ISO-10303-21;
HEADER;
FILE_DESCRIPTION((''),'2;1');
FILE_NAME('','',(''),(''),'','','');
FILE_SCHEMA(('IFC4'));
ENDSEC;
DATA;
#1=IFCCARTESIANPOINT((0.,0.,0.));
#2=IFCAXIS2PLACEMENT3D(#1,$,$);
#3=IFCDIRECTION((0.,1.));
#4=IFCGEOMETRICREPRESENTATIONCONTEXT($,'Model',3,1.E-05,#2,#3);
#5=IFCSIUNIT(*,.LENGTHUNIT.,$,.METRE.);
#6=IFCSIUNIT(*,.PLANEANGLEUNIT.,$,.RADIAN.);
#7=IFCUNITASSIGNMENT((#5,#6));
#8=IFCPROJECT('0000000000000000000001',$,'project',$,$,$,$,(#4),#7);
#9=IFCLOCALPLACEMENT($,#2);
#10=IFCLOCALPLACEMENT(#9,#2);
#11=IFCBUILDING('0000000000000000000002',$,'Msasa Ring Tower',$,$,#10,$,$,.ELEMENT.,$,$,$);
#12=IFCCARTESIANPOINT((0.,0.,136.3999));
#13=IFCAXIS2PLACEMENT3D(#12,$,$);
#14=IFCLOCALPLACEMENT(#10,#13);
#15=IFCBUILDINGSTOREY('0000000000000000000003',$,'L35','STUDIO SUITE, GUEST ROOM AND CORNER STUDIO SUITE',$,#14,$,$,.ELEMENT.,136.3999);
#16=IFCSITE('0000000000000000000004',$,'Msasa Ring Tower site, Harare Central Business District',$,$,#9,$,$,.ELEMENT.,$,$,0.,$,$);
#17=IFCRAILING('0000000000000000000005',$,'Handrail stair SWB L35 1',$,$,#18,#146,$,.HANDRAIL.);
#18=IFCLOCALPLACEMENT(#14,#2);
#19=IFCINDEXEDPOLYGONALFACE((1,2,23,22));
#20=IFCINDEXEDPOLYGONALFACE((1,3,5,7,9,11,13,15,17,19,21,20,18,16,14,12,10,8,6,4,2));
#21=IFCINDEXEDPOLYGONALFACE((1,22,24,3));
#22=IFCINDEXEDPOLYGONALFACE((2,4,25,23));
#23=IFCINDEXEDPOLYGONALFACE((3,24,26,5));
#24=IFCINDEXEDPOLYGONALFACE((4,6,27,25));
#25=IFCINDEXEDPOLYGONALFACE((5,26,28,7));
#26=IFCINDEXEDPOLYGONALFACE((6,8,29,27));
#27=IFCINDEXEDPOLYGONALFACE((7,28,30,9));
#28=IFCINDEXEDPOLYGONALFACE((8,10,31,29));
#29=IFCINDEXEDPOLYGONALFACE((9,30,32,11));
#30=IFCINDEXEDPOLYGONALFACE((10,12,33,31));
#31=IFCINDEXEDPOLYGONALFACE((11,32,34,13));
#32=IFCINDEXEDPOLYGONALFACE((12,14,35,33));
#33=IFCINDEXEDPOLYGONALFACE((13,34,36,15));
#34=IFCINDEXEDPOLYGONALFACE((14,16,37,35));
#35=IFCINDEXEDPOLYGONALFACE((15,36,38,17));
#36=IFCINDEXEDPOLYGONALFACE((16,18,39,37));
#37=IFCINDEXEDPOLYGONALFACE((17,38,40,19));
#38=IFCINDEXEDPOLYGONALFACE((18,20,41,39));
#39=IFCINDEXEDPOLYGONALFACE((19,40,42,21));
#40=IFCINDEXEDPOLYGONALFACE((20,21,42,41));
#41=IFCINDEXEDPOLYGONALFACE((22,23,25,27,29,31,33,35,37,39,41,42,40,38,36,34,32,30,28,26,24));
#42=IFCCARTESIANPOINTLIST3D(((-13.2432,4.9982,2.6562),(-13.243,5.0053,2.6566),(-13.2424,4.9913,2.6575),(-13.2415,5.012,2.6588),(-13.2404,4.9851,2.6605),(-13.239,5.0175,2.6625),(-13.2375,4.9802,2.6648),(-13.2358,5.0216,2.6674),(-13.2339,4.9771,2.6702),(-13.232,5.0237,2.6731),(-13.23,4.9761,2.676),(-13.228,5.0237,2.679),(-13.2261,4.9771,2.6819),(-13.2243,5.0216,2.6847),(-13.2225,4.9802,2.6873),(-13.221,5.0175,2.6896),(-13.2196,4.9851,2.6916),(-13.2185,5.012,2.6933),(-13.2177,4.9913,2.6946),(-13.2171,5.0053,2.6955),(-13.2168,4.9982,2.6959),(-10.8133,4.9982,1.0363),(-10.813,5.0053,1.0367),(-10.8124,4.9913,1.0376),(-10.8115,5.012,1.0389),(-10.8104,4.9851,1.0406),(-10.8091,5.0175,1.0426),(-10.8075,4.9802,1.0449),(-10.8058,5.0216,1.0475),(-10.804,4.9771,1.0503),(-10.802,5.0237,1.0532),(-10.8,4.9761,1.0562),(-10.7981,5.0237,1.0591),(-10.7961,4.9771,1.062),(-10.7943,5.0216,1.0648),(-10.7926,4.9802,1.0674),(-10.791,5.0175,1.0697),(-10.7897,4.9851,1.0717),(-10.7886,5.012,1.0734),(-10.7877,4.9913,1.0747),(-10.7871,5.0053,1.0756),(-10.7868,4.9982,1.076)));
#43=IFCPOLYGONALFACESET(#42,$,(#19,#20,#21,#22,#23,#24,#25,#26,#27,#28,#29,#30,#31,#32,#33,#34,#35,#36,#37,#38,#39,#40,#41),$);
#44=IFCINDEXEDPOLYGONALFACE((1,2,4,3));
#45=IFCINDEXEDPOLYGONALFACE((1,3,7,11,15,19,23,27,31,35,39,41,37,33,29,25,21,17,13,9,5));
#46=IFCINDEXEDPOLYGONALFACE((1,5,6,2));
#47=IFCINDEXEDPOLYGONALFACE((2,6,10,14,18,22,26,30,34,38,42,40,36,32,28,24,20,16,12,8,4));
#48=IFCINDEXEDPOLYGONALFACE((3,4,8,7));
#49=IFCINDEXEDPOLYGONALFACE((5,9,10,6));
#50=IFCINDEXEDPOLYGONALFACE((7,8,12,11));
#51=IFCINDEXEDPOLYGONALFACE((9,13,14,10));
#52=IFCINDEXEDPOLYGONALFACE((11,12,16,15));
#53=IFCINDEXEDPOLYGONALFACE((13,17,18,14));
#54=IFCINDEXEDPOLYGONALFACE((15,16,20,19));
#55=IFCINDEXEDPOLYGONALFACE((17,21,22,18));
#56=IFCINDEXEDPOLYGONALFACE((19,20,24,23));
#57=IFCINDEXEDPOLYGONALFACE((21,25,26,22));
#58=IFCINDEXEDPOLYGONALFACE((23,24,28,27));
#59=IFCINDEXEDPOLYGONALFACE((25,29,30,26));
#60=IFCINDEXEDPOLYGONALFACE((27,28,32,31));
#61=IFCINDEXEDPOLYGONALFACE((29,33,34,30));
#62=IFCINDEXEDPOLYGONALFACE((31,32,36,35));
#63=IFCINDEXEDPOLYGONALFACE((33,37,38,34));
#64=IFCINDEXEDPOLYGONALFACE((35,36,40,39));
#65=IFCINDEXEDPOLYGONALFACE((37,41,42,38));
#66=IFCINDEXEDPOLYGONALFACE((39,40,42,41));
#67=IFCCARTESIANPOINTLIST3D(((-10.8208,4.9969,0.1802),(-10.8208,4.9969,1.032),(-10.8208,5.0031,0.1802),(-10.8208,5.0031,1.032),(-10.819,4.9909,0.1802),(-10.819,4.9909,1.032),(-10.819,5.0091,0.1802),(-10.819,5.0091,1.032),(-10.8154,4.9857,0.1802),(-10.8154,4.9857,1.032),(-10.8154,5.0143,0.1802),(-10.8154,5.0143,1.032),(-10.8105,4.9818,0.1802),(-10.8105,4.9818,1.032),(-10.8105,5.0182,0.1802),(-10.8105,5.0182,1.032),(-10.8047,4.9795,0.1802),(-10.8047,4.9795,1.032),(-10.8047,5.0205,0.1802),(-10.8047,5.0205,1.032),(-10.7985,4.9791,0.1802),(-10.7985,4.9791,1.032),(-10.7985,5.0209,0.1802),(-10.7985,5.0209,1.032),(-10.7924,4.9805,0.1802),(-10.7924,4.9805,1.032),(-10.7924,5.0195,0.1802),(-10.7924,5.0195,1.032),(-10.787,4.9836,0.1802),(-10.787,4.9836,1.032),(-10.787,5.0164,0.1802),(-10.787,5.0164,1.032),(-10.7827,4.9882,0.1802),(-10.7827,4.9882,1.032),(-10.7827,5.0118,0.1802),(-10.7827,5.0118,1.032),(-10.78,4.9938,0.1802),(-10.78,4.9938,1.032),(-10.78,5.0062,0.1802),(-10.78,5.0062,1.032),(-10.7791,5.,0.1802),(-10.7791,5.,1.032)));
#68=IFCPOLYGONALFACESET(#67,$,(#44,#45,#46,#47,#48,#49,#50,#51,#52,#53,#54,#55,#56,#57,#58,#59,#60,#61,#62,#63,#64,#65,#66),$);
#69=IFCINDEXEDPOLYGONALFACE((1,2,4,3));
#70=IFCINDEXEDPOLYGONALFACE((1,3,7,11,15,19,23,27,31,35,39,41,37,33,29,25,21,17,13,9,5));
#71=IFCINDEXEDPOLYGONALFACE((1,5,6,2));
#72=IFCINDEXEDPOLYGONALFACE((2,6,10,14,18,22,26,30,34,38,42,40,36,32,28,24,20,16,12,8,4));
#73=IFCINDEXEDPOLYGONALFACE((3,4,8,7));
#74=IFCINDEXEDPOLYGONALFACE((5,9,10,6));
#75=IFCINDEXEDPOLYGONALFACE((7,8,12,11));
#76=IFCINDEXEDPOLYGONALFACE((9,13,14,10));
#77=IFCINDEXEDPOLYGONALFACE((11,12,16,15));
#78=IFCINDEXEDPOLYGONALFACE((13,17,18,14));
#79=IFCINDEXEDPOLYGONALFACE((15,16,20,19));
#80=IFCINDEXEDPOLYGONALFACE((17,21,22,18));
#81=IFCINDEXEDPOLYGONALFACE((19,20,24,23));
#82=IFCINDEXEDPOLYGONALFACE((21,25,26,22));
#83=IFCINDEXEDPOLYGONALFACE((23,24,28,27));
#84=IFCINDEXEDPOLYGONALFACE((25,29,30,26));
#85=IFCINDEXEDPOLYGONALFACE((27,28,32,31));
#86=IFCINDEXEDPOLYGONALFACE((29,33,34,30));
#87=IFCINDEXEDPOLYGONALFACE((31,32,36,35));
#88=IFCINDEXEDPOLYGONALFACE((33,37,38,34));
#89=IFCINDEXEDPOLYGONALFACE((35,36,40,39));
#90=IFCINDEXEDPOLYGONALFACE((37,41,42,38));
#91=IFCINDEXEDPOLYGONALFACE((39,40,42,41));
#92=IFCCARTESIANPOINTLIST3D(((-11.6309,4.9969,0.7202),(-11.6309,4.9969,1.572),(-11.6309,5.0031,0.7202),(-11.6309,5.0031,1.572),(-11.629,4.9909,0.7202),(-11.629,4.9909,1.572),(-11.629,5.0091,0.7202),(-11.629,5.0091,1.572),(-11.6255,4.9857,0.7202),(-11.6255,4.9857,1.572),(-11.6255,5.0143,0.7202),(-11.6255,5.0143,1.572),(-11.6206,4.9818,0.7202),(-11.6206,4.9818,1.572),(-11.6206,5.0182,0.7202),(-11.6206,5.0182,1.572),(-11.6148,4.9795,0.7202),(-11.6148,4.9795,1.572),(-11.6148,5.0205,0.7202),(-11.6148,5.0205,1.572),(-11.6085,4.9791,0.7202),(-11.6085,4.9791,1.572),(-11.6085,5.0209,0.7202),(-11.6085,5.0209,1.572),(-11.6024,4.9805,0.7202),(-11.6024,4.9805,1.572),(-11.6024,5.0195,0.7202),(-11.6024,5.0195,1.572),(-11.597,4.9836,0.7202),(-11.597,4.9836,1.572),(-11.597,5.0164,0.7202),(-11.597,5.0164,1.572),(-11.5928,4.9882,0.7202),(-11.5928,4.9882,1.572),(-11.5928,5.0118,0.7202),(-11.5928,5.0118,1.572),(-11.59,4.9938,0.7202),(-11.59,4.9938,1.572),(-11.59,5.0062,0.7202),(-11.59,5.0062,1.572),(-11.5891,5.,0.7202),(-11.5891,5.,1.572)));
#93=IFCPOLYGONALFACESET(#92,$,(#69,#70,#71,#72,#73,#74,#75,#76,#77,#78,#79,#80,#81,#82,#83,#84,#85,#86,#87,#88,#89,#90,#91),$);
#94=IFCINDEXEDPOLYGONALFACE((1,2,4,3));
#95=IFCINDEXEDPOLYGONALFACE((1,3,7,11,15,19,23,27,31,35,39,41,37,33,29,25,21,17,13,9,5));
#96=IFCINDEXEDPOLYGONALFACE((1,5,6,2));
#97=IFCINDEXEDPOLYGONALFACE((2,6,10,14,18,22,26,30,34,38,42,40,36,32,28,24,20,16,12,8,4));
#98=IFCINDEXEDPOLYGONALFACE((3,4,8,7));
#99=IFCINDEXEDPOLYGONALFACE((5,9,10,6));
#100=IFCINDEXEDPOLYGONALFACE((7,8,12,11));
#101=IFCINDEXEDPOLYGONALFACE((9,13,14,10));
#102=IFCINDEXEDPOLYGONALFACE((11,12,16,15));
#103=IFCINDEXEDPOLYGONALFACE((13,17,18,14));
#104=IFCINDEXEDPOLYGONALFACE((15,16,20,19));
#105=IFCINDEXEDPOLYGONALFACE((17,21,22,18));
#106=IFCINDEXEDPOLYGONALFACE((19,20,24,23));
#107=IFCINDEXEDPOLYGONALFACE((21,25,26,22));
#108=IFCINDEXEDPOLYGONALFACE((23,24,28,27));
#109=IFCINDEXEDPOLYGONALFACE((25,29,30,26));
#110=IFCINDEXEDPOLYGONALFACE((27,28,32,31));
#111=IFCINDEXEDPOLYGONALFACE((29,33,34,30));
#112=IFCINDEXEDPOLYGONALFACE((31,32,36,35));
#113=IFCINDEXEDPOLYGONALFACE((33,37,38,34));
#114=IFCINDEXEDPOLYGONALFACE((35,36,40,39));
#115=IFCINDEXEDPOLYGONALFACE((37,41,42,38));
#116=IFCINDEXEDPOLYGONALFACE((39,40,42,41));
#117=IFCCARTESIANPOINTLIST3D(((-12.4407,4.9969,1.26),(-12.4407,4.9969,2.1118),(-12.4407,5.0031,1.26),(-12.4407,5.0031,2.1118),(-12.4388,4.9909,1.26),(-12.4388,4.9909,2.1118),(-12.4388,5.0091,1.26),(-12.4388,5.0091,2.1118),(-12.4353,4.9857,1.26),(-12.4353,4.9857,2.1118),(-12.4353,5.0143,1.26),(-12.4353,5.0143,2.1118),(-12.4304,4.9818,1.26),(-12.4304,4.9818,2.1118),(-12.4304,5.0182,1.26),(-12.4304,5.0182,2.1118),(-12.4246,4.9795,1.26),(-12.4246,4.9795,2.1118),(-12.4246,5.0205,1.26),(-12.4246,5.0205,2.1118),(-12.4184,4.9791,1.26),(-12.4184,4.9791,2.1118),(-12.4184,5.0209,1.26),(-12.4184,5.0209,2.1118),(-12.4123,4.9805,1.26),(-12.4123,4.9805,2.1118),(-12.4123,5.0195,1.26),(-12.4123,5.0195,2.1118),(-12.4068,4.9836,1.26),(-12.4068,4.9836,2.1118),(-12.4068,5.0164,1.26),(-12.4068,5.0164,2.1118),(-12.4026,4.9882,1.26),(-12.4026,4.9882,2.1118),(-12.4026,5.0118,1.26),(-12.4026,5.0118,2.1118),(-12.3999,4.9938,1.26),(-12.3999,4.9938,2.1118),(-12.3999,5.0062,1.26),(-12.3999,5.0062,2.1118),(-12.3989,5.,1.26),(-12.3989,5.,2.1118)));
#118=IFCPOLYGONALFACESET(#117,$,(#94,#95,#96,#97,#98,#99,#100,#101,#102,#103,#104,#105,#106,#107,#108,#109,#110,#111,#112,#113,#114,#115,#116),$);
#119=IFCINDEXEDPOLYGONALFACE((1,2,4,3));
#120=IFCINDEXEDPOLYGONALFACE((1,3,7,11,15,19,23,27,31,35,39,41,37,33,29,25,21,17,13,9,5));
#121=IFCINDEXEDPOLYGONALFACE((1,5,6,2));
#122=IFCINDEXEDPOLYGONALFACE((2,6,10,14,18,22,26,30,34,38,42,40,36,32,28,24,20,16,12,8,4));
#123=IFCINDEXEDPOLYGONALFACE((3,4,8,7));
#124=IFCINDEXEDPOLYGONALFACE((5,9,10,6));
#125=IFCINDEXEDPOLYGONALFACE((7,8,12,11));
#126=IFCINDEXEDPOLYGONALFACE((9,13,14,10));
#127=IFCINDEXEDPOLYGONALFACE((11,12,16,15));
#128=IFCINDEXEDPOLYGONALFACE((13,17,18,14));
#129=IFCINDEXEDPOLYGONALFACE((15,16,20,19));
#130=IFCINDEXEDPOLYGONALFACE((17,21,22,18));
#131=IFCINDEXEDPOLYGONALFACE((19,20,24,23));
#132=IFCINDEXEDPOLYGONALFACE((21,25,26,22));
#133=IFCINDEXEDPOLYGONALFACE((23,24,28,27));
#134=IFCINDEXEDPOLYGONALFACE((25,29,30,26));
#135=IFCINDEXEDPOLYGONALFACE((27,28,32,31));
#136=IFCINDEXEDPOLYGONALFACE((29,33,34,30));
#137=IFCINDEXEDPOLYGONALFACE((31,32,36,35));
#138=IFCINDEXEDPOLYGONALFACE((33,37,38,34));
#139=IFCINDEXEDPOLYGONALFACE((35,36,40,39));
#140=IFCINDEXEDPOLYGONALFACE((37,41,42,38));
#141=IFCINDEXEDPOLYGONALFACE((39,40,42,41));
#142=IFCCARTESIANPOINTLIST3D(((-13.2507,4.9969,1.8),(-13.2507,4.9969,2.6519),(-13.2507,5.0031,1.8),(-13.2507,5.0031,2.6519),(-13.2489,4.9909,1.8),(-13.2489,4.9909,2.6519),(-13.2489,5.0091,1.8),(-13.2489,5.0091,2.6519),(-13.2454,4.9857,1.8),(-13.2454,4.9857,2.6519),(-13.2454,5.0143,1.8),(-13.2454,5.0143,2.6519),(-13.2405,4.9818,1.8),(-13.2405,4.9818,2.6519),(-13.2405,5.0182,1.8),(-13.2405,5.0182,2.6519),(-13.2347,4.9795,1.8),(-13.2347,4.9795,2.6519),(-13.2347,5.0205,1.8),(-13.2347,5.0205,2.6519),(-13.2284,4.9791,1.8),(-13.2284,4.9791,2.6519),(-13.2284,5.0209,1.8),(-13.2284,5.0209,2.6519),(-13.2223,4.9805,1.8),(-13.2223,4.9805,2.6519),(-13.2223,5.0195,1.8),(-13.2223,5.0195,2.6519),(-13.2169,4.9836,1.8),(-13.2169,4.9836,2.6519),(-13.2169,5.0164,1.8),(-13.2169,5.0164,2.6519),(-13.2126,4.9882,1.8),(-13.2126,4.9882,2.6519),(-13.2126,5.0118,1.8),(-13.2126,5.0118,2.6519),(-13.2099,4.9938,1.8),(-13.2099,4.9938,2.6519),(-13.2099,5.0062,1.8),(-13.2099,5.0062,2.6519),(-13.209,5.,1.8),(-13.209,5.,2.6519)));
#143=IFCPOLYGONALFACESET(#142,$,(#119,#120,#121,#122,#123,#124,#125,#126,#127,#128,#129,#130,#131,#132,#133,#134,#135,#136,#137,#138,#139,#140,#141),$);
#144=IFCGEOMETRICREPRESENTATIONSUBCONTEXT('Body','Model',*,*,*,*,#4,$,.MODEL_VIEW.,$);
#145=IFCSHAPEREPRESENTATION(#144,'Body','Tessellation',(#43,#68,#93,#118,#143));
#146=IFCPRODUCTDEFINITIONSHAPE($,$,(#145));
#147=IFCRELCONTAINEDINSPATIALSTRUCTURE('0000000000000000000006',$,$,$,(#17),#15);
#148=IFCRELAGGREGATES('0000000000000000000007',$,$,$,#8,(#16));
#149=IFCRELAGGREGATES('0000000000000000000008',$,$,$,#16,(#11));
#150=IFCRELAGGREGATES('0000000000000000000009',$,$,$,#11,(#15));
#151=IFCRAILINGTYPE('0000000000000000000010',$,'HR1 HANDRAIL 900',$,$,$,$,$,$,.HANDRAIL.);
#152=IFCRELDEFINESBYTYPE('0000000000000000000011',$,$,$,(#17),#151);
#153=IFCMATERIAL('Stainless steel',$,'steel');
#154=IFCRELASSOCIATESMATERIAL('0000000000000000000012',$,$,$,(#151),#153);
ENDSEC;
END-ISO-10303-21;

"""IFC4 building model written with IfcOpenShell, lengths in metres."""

from ifc_helpers import new_model, si_unit, direction, frame, origin, origin_2d, place, context, subcontext, project, spatial, circle, extrude, material, type_object, element, save


model = new_model("IFC4")

# Units and contexts
model_context = context("Model", 3, precision=1e-05, world=origin(), true_north=direction((0.0, 1.0)))
body_context = subcontext(model_context, "Body", "Model", "MODEL_VIEW")
ifc_project = project(units=[si_unit("LENGTHUNIT", "METRE"), si_unit("PLANEANGLEUNIT", "RADIAN")], contexts=[model_context])

# Site, building, storey
site_placement = place(None, origin())
site = spatial("IfcSite", under=ifc_project, at=site_placement, Name="Msasa Ring Tower site, Harare Central Business District", CompositionType="ELEMENT", RefElevation=0.0)
building_placement = place(site_placement, origin())
building = spatial("IfcBuilding", under=site, at=building_placement, Name="Msasa Ring Tower", CompositionType="ELEMENT")
storey_placement = place(building_placement, frame((0.0, 0.0, 136.3999)))
storey = spatial("IfcBuildingStorey", under=building, at=storey_placement, Name="L35", Description="STUDIO SUITE, GUEST ROOM AND CORNER STUDIO SUITE", CompositionType="ELEMENT", Elevation=136.3999)

# Railing
ifc_material_1 = material(Name="Stainless steel", Category="steel")
railing_type = type_object("IfcRailingType", Name="HR1 HANDRAIL 900", PredefinedType="HANDRAIL", material=ifc_material_1)
for number, where, name in (
    (1, (-10.8, 5.0, 0.1802), "Handrail stair SWB L35 1"),
):
    element("IfcRailing", number, at=place(storey_placement, frame(where)), inside=storey, type_object=railing_type, Name=name, PredefinedType="HANDRAIL", context=body_context, shape_type="SweptSolid", body=[
        extrude(circle(Radius=0.0239, at=origin_2d()), frame((0.0, 0.0, 0.876), z_axis=(-0.832063, 0.0, 0.554681), x_axis=(0.0, -1.0, 0.0)), (0.0, 0.0, 1.0), 2.9204),
        extrude(circle(Radius=0.021, at=origin_2d()), origin(), (0.0, 0.0, 1.0), 0.8518),
        extrude(circle(Radius=0.021, at=origin_2d()), frame((-0.8101, 0.0, 0.54)), (0.0, 0.0, 1.0), 0.8518),
        extrude(circle(Radius=0.021, at=origin_2d()), frame((-1.6199, 0.0, 1.0798)), (0.0, 0.0, 1.0), 0.8518),
        extrude(circle(Radius=0.021, at=origin_2d()), frame((-2.4299, 0.0, 1.6199)), (0.0, 0.0, 1.0), 0.8518),
    ])

save(model, "model.ifc")
